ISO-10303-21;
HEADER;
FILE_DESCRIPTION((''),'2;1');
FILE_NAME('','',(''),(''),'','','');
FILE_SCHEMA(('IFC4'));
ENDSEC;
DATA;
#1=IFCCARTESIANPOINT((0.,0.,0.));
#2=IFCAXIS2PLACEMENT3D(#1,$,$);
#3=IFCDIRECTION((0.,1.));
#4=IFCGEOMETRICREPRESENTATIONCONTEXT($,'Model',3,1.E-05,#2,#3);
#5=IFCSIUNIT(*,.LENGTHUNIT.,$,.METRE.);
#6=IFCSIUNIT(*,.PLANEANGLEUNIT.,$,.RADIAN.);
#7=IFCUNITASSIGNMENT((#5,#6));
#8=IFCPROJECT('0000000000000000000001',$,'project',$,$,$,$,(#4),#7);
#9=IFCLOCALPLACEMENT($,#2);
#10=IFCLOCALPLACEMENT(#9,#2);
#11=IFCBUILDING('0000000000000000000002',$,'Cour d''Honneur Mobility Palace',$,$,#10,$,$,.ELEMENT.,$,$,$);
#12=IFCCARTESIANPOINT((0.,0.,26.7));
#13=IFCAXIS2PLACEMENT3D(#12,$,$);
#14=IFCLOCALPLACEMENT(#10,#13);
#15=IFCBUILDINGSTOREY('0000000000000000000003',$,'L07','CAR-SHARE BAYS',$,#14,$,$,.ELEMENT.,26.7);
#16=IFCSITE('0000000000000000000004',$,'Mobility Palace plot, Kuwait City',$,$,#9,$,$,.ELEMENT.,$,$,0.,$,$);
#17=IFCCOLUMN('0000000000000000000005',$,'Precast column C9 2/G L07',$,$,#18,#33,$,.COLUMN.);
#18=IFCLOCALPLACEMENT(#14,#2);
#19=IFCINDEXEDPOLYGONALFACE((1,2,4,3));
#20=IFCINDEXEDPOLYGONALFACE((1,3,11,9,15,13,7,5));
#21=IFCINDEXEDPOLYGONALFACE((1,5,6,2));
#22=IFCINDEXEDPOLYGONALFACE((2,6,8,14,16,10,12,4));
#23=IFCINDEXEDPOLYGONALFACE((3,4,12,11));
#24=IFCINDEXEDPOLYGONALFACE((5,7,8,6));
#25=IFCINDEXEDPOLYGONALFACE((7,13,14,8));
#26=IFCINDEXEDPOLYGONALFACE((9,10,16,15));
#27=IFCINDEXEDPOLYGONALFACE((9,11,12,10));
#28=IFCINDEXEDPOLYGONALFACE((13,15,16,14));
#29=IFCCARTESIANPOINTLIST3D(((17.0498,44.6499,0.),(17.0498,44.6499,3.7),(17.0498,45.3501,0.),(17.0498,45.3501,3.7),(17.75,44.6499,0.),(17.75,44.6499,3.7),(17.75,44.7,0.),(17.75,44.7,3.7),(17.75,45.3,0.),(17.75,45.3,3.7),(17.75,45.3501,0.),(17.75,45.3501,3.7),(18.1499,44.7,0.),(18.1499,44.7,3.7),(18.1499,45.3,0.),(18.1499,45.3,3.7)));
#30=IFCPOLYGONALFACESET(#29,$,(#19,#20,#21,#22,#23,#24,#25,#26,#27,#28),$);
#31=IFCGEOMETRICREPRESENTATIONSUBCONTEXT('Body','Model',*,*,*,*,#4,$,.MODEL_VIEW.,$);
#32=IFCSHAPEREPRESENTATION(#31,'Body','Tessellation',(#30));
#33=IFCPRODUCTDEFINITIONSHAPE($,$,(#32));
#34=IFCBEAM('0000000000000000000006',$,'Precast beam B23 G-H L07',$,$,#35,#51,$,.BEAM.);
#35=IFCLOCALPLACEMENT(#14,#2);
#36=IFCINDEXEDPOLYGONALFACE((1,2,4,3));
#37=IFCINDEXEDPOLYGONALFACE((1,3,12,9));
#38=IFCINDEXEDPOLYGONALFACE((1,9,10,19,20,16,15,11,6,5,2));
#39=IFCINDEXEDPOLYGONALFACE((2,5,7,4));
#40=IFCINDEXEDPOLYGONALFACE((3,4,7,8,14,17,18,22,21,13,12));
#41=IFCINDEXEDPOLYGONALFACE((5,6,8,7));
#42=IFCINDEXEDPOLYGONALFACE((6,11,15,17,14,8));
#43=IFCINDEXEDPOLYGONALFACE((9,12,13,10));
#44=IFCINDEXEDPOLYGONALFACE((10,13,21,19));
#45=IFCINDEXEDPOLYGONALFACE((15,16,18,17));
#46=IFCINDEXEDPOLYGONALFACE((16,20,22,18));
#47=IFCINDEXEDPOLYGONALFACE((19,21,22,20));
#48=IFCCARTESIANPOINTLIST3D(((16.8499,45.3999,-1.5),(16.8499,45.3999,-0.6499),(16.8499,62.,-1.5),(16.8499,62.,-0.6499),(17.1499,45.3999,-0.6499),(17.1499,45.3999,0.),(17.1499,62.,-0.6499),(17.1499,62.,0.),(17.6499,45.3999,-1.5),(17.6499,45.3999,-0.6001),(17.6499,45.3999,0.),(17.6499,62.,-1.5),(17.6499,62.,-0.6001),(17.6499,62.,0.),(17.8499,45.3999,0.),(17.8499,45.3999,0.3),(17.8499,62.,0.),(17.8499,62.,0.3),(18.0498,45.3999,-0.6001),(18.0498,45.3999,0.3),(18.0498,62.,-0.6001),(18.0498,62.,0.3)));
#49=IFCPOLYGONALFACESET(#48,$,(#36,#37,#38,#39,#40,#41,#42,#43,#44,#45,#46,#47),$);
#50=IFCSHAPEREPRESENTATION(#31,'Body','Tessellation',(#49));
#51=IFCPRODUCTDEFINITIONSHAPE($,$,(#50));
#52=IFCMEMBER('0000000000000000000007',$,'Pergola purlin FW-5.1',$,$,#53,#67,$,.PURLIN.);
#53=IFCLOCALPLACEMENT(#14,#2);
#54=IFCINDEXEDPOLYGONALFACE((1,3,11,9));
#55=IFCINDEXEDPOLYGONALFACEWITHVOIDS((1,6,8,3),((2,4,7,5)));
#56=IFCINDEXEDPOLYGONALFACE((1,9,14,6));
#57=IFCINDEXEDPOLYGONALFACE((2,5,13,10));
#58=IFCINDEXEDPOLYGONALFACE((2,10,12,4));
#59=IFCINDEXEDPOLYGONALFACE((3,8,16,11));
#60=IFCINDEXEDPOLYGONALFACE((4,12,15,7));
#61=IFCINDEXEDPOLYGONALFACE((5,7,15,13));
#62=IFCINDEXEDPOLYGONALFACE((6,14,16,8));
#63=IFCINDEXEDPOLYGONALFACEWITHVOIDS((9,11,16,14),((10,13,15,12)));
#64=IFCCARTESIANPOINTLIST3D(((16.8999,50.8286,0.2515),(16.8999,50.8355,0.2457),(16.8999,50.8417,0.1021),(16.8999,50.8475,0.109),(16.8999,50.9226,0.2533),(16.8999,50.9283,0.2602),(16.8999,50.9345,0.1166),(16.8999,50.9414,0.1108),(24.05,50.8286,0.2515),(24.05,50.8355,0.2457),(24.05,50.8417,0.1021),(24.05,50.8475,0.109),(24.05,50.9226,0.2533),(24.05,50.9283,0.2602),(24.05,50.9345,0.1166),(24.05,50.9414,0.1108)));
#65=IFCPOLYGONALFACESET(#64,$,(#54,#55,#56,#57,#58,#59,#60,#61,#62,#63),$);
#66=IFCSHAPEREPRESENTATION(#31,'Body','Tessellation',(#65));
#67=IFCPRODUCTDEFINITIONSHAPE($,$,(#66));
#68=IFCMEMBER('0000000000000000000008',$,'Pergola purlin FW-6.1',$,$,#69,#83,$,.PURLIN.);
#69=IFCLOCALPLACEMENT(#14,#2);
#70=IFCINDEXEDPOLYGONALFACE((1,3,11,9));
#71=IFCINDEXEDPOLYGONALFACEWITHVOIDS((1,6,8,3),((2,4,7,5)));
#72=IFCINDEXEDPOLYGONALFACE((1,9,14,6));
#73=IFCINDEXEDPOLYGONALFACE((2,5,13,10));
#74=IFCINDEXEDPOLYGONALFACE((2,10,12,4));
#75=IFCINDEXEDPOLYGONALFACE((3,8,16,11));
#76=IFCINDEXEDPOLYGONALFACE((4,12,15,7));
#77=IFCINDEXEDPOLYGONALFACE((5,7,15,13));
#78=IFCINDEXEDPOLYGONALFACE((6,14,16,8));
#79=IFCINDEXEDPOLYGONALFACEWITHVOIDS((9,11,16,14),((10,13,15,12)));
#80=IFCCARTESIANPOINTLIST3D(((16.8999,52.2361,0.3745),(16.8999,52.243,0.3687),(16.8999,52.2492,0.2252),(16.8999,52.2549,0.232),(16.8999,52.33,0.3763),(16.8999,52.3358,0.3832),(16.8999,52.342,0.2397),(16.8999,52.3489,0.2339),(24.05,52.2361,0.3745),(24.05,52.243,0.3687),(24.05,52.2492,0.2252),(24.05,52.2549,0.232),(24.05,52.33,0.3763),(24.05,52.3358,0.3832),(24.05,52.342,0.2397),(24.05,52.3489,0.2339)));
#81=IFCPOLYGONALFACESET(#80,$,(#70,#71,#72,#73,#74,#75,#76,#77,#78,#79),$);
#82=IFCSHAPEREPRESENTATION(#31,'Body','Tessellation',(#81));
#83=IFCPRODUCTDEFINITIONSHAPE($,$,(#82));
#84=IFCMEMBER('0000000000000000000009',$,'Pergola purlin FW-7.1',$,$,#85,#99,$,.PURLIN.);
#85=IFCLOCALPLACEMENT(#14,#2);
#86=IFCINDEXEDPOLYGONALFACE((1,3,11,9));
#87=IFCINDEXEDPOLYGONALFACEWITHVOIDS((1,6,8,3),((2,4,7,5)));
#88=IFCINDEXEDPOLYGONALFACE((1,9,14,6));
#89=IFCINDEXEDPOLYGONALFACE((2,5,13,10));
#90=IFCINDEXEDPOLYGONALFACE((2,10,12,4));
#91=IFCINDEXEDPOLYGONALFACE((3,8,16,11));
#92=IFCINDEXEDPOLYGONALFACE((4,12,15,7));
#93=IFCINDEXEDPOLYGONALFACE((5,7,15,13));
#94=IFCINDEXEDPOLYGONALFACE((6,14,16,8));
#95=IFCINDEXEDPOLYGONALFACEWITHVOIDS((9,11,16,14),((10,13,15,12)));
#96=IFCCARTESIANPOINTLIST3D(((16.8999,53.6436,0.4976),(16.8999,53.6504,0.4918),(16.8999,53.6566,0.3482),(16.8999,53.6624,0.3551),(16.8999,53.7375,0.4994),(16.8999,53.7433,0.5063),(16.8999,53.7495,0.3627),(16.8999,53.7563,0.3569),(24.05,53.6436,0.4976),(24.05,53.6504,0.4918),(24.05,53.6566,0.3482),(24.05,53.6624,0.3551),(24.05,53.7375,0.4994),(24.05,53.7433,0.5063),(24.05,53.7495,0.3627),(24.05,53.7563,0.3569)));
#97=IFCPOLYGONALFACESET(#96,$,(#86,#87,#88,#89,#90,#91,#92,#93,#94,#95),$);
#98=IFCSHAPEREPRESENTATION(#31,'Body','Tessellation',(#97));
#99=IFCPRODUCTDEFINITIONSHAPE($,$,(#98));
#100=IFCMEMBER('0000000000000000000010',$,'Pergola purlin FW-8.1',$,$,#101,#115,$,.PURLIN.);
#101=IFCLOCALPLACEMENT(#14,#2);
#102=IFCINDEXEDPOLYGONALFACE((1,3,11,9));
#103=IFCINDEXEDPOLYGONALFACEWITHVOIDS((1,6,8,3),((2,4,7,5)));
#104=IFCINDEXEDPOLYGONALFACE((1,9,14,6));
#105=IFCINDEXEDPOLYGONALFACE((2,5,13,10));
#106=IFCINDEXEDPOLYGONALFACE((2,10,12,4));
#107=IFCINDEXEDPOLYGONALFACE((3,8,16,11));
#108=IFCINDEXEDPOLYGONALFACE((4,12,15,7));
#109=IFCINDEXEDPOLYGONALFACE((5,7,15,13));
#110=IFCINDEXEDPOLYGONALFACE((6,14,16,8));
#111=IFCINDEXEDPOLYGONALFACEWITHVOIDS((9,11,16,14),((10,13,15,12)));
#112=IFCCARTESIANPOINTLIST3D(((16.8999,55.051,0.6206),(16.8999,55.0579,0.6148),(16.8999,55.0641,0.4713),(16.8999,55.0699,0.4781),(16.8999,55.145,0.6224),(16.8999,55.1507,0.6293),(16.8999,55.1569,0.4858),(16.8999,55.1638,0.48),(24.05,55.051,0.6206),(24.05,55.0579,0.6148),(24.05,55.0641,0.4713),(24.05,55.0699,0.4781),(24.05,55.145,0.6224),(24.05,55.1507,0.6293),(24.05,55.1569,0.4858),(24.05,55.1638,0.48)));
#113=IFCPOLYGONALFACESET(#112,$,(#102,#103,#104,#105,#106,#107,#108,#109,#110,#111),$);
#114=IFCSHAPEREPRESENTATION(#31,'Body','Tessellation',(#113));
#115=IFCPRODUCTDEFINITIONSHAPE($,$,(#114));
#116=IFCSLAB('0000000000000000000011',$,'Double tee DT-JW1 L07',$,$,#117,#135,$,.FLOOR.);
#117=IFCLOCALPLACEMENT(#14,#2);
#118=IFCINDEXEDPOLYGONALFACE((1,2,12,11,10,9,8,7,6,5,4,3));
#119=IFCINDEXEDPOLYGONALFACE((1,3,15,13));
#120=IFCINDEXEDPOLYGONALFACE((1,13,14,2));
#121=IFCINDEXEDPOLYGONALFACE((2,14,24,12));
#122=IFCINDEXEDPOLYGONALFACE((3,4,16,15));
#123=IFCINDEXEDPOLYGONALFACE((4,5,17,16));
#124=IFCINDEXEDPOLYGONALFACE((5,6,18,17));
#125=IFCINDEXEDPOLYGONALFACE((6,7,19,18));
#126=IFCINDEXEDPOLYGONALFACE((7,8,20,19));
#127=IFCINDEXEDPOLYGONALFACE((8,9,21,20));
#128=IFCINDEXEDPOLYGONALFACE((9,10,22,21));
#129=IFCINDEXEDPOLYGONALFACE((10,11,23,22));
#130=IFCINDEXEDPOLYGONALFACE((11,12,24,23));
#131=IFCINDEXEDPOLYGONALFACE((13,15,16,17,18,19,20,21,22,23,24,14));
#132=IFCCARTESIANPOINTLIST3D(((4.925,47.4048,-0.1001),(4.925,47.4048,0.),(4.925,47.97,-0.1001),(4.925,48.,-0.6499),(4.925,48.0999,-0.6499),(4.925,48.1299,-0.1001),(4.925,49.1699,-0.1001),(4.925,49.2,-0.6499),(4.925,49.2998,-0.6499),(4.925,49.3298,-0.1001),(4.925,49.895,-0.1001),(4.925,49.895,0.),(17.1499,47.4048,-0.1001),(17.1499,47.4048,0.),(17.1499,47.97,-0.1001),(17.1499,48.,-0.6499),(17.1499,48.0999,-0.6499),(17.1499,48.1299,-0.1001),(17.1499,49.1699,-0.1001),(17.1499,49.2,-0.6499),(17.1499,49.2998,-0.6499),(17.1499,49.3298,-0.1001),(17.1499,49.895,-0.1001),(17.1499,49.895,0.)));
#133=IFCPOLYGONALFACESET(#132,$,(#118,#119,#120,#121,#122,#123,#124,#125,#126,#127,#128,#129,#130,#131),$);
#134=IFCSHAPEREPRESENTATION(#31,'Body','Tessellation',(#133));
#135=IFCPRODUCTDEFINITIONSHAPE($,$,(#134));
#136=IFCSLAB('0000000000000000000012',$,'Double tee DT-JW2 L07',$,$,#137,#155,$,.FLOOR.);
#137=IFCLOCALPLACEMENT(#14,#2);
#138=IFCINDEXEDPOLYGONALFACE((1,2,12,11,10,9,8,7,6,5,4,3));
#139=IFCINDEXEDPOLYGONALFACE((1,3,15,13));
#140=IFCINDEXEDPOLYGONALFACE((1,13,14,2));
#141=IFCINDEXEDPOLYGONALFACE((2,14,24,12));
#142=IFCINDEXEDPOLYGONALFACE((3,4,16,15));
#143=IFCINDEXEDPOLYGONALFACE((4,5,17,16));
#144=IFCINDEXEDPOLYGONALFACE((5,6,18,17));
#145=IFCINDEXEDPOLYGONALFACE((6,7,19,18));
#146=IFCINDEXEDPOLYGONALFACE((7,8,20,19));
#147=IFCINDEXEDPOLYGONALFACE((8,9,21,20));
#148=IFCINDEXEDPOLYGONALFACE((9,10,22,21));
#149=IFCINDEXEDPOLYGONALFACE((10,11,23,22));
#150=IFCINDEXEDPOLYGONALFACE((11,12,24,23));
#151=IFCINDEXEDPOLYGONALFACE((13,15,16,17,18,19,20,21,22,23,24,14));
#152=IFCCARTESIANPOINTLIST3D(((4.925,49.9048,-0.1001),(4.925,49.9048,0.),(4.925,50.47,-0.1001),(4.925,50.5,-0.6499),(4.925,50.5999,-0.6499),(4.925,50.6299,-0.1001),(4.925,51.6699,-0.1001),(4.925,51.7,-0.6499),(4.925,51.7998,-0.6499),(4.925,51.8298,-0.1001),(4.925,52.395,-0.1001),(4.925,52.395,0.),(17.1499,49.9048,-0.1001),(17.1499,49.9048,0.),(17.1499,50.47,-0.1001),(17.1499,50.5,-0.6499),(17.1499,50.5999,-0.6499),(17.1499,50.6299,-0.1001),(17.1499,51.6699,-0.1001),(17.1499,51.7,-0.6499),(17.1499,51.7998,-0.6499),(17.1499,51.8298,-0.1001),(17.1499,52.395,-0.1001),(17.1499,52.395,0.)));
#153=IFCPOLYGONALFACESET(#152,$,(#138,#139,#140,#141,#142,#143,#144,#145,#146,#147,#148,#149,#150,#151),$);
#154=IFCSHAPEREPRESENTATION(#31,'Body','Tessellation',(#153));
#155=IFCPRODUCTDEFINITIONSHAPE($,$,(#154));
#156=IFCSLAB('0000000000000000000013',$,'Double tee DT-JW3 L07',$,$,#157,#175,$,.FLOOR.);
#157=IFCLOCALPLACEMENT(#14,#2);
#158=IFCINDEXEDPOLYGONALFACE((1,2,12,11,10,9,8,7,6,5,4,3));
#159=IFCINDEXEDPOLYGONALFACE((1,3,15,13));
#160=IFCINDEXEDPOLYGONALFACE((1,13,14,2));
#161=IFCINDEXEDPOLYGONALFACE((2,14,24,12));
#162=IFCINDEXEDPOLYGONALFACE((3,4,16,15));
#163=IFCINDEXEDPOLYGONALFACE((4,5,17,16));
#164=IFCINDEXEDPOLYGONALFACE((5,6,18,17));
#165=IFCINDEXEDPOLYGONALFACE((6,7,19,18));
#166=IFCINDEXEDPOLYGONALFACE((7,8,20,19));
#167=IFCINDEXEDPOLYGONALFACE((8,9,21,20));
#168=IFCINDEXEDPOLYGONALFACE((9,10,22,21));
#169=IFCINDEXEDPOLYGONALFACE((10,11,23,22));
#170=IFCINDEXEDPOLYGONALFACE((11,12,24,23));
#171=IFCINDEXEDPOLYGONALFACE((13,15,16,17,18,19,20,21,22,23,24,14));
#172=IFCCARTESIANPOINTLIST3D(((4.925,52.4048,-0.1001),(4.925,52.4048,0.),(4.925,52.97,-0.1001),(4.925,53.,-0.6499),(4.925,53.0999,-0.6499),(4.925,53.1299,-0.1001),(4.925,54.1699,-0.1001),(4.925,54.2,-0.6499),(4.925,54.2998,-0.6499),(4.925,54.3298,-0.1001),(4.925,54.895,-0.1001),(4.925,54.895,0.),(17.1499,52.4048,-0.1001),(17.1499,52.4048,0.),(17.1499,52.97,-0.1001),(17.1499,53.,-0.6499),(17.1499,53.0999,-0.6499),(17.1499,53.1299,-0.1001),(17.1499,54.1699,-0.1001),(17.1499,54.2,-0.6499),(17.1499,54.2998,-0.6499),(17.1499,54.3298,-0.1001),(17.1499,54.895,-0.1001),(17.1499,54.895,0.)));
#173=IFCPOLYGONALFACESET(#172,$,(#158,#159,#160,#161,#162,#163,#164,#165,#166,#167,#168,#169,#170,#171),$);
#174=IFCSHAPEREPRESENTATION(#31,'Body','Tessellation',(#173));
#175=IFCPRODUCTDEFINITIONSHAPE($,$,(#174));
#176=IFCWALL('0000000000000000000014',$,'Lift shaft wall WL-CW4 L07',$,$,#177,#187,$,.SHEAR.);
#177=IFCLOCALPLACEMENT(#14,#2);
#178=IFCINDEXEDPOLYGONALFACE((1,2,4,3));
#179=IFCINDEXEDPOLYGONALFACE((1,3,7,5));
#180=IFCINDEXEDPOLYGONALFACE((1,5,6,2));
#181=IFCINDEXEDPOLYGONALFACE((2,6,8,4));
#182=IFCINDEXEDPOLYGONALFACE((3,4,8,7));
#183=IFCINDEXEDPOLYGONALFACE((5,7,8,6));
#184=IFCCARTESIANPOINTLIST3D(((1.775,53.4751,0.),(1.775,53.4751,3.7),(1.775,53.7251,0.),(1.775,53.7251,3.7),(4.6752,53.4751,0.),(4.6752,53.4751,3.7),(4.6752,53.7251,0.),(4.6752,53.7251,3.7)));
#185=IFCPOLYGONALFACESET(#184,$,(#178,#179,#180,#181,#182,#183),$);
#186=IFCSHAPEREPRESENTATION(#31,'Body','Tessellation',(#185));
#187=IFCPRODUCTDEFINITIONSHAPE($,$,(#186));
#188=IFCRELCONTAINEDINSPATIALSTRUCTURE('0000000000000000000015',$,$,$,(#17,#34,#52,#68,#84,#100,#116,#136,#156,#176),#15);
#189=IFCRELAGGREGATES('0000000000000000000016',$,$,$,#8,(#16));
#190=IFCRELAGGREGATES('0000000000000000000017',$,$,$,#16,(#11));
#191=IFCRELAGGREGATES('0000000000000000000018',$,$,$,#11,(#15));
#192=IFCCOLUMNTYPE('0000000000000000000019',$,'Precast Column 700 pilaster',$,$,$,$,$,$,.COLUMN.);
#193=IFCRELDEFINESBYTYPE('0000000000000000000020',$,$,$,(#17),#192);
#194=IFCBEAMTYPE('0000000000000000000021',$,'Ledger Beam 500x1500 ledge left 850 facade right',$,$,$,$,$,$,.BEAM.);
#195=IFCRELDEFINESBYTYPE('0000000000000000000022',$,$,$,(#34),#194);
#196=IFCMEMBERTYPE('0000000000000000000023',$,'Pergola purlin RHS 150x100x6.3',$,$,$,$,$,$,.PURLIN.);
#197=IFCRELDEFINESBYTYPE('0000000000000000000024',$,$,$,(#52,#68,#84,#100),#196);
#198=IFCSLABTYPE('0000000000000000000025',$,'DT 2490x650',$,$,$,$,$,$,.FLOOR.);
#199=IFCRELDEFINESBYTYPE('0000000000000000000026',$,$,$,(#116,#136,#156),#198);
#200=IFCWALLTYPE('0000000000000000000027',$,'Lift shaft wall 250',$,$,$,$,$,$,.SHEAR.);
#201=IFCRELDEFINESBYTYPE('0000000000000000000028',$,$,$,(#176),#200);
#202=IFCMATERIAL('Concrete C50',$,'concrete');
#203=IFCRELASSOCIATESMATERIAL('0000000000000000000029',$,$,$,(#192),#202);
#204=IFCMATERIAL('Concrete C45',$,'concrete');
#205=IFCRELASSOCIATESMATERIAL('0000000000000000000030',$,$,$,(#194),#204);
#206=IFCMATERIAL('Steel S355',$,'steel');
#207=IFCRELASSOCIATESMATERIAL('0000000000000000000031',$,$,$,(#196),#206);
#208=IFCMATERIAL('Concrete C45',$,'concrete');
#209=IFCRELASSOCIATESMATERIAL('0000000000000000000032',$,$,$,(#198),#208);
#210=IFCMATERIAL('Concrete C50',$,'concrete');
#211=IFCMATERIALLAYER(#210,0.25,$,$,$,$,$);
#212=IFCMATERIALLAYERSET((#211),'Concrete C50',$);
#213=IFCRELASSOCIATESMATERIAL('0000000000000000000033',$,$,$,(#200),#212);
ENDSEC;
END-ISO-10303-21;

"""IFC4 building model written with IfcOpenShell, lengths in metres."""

from ifc_helpers import new_model, si_unit, direction, frame, frame_2d, origin, origin_2d, place, context, subcontext, project, spatial, polyline, rectangle, hollow_rectangle, outline, extrude, material, layer, layer_set, material_profile, profile_set, type_object, element, save


model = new_model("IFC4")

# Units and contexts
model_context = context("Model", 3, precision=1e-05, world=origin(), true_north=direction((0.0, 1.0)))
body_context = subcontext(model_context, "Body", "Model", "MODEL_VIEW")
ifc_project = project(units=[si_unit("LENGTHUNIT", "METRE"), si_unit("PLANEANGLEUNIT", "RADIAN")], contexts=[model_context])

# Site, building, storey
site_placement = place(None, origin())
site = spatial("IfcSite", under=ifc_project, at=site_placement, Name="Mobility Palace plot, Kuwait City", CompositionType="ELEMENT", RefElevation=0.0)
building_placement = place(site_placement, origin())
building = spatial("IfcBuilding", under=site, at=building_placement, Name="Cour d'Honneur Mobility Palace", CompositionType="ELEMENT")
storey_placement = place(building_placement, frame((0.0, 0.0, 26.7)))
storey = spatial("IfcBuildingStorey", under=building, at=storey_placement, Name="L07", Description="CAR-SHARE BAYS", CompositionType="ELEMENT", Elevation=26.7)

# Column
ifc_material_1 = material(Name="Concrete C50", Category="concrete")
ifc_material_profile_1 = material_profile(ifc_material_1, outline(polyline([(-0.3501, -0.3501), (0.3501, -0.3501), (0.3501, -0.3), (0.75, -0.3), (0.75, 0.3), (0.3501, 0.3), (0.3501, 0.3501), (-0.3501, 0.3501), (-0.3501, -0.3501)])), Name="PC C700 pilaster")
ifc_profile_set_1 = profile_set([ifc_material_profile_1], Name="Concrete C50")
column_type = type_object("IfcColumnType", Name="Precast Column 700 pilaster", PredefinedType="COLUMN", material=ifc_profile_set_1)
column_placement = place(storey_placement, frame((17.3999, 45.0, 0.0), z_axis=(0.0, 0.0, 1.0), x_axis=(1.0, 0.0, 0.0)))
element("IfcColumn", 1, at=column_placement, inside=storey, type_object=column_type, Name="Precast column C9 2/G L07", PredefinedType="COLUMN", context=body_context, shape_type="SweptSolid", body=[
    extrude(outline(polyline([(-0.3501, -0.3501), (0.3501, -0.3501), (0.3501, -0.3), (0.75, -0.3), (0.75, 0.3), (0.3501, 0.3), (0.3501, 0.3501), (-0.3501, 0.3501), (-0.3501, -0.3501)])), origin(), (0.0, 0.0, 1.0), 3.7),
])

# Beam
ifc_material_2 = material(Name="Concrete C45", Category="concrete")
ifc_material_profile_2 = material_profile(ifc_material_2, outline(polyline([(0.55, -1.5), (0.55, -0.6499), (0.25, -0.6499), (0.25, 0.0), (-0.25, 0.0), (-0.45, 0.0), (-0.45, 0.3), (-0.6499, 0.3), (-0.6499, -0.6001), (-0.25, -0.6001), (-0.25, -1.5), (0.55, -1.5)])), Name="Ledger Beam 500x1500 ledge left 850 facade right")
ifc_profile_set_2 = profile_set([ifc_material_profile_2], Name="Concrete C45")
beam_type = type_object("IfcBeamType", Name="Ledger Beam 500x1500 ledge left 850 facade right", PredefinedType="BEAM", material=ifc_profile_set_2)
beam_placement = place(storey_placement, frame((17.3999, 45.3999, 0.0), z_axis=(0.0, 1.0, 0.0), x_axis=(-1.0, 0.0, 0.0)))
element("IfcBeam", 2, at=beam_placement, inside=storey, type_object=beam_type, Name="Precast beam B23 G-H L07", PredefinedType="BEAM", context=body_context, shape_type="SweptSolid", body=[
    extrude(outline(polyline([(0.55, -1.5), (0.55, -0.6499), (0.25, -0.6499), (0.25, 0.0), (-0.25, 0.0), (-0.45, 0.0), (-0.45, 0.3), (-0.6499, 0.3), (-0.6499, -0.6001), (-0.25, -0.6001), (-0.25, -1.5), (0.55, -1.5)])), origin(), (0.0, 0.0, 1.0), 16.6001),
])

# Members
ifc_material_3 = material(Name="Steel S355", Category="steel")
ifc_material_profile_3 = material_profile(ifc_material_3, hollow_rectangle(XDim=0.1001, YDim=0.1499, WallThickness=0.0063, at=origin_2d()), Name="RHS 150x100x6.3")
ifc_profile_set_3 = profile_set([ifc_material_profile_3], Name="Steel S355")
member_type = type_object("IfcMemberType", Name="Pergola purlin RHS 150x100x6.3", PredefinedType="PURLIN", material=ifc_profile_set_3)
for number, where, z_axis, x_axis, name in (
    (3, (16.8999, 50.885, 0.1812), (1.0, 0.0, 0.0), (0.0, 0.996197, 0.087131), "Pergola purlin FW-5.1"),
    (4, (16.8999, 52.2925, 0.3042), (1.0, 0.0, 0.0), (0.0, 0.996197, 0.087131), "Pergola purlin FW-6.1"),
    (5, (16.8999, 53.7, 0.4272), (1.0, 0.0, 0.0), (0.0, 0.996197, 0.087131), "Pergola purlin FW-7.1"),
    (6, (16.8999, 55.1074, 0.5503), (1.0, 0.0, 0.0), (0.0, 0.996197, 0.087131), "Pergola purlin FW-8.1"),
):
    element("IfcMember", number, at=place(storey_placement, frame(where, z_axis=z_axis, x_axis=x_axis)), inside=storey, type_object=member_type, Name=name, PredefinedType="PURLIN", context=body_context, shape_type="SweptSolid", body=[
        extrude(hollow_rectangle(XDim=0.1001, YDim=0.1499, WallThickness=0.0063, at=origin_2d()), origin(), (0.0, 0.0, 1.0), 7.1501),
    ])

# Slabs
ifc_material_4 = material(Name="Concrete C45", Category="concrete")
ifc_material_profile_4 = material_profile(ifc_material_4, outline(polyline([(-1.2451, 0.0), (1.2451, 0.0), (1.2451, -0.1001), (0.6799, -0.1001), (0.6499, -0.6499), (0.55, -0.6499), (0.52, -0.1001), (-0.52, -0.1001), (-0.55, -0.6499), (-0.6499, -0.6499), (-0.6799, -0.1001), (-1.2451, -0.1001), (-1.2451, 0.0)])), Name="DT 2490x650")
ifc_profile_set_4 = profile_set([ifc_material_profile_4], Name="Concrete C45")
slab_type = type_object("IfcSlabType", Name="DT 2490x650", PredefinedType="FLOOR", material=ifc_profile_set_4)
for number, where, z_axis, x_axis, name in (
    (7, (4.925, 48.6499, 0.0), (1.0, 0.0, 0.0), (0.0, 1.0, 0.0), "Double tee DT-JW1 L07"),
    (8, (4.925, 51.1499, 0.0), (1.0, 0.0, 0.0), (0.0, 1.0, 0.0), "Double tee DT-JW2 L07"),
    (9, (4.925, 53.6499, 0.0), (1.0, 0.0, 0.0), (0.0, 1.0, 0.0), "Double tee DT-JW3 L07"),
):
    element("IfcSlab", number, at=place(storey_placement, frame(where, z_axis=z_axis, x_axis=x_axis)), inside=storey, type_object=slab_type, Name=name, PredefinedType="FLOOR", context=body_context, shape_type="SweptSolid", body=[
        extrude(outline(polyline([(-1.2451, 0.0), (1.2451, 0.0), (1.2451, -0.1001), (0.6799, -0.1001), (0.6499, -0.6499), (0.55, -0.6499), (0.52, -0.1001), (-0.52, -0.1001), (-0.55, -0.6499), (-0.6499, -0.6499), (-0.6799, -0.1001), (-1.2451, -0.1001), (-1.2451, 0.0)])), origin(), (0.0, 0.0, 1.0), 12.2249),
    ])

# Wall
ifc_material_5 = material(Name="Concrete C50", Category="concrete")
ifc_layer_1 = layer(ifc_material_5, 0.25)
ifc_layer_set_1 = layer_set([ifc_layer_1], Name="Concrete C50")
wall_type_1 = type_object("IfcWallType", Name="Lift shaft wall 250", PredefinedType="SHEAR", material=ifc_layer_set_1)
wall_1_placement = place(storey_placement, frame((1.7749, 53.6001, 0.0), z_axis=(0.0, 0.0, 1.0), x_axis=(1.0, 0.0, 0.0)))
element("IfcWall", 10, at=wall_1_placement, inside=storey, type_object=wall_type_1, Name="Lift shaft wall WL-CW4 L07", PredefinedType="SHEAR", context=body_context, shape_type="SweptSolid", body=[
    extrude(rectangle(XDim=2.9001, YDim=0.25, at=frame_2d((1.4502, 0.0))), origin(), (0.0, 0.0, 1.0), 3.7),
])

save(model, "model.ifc")
